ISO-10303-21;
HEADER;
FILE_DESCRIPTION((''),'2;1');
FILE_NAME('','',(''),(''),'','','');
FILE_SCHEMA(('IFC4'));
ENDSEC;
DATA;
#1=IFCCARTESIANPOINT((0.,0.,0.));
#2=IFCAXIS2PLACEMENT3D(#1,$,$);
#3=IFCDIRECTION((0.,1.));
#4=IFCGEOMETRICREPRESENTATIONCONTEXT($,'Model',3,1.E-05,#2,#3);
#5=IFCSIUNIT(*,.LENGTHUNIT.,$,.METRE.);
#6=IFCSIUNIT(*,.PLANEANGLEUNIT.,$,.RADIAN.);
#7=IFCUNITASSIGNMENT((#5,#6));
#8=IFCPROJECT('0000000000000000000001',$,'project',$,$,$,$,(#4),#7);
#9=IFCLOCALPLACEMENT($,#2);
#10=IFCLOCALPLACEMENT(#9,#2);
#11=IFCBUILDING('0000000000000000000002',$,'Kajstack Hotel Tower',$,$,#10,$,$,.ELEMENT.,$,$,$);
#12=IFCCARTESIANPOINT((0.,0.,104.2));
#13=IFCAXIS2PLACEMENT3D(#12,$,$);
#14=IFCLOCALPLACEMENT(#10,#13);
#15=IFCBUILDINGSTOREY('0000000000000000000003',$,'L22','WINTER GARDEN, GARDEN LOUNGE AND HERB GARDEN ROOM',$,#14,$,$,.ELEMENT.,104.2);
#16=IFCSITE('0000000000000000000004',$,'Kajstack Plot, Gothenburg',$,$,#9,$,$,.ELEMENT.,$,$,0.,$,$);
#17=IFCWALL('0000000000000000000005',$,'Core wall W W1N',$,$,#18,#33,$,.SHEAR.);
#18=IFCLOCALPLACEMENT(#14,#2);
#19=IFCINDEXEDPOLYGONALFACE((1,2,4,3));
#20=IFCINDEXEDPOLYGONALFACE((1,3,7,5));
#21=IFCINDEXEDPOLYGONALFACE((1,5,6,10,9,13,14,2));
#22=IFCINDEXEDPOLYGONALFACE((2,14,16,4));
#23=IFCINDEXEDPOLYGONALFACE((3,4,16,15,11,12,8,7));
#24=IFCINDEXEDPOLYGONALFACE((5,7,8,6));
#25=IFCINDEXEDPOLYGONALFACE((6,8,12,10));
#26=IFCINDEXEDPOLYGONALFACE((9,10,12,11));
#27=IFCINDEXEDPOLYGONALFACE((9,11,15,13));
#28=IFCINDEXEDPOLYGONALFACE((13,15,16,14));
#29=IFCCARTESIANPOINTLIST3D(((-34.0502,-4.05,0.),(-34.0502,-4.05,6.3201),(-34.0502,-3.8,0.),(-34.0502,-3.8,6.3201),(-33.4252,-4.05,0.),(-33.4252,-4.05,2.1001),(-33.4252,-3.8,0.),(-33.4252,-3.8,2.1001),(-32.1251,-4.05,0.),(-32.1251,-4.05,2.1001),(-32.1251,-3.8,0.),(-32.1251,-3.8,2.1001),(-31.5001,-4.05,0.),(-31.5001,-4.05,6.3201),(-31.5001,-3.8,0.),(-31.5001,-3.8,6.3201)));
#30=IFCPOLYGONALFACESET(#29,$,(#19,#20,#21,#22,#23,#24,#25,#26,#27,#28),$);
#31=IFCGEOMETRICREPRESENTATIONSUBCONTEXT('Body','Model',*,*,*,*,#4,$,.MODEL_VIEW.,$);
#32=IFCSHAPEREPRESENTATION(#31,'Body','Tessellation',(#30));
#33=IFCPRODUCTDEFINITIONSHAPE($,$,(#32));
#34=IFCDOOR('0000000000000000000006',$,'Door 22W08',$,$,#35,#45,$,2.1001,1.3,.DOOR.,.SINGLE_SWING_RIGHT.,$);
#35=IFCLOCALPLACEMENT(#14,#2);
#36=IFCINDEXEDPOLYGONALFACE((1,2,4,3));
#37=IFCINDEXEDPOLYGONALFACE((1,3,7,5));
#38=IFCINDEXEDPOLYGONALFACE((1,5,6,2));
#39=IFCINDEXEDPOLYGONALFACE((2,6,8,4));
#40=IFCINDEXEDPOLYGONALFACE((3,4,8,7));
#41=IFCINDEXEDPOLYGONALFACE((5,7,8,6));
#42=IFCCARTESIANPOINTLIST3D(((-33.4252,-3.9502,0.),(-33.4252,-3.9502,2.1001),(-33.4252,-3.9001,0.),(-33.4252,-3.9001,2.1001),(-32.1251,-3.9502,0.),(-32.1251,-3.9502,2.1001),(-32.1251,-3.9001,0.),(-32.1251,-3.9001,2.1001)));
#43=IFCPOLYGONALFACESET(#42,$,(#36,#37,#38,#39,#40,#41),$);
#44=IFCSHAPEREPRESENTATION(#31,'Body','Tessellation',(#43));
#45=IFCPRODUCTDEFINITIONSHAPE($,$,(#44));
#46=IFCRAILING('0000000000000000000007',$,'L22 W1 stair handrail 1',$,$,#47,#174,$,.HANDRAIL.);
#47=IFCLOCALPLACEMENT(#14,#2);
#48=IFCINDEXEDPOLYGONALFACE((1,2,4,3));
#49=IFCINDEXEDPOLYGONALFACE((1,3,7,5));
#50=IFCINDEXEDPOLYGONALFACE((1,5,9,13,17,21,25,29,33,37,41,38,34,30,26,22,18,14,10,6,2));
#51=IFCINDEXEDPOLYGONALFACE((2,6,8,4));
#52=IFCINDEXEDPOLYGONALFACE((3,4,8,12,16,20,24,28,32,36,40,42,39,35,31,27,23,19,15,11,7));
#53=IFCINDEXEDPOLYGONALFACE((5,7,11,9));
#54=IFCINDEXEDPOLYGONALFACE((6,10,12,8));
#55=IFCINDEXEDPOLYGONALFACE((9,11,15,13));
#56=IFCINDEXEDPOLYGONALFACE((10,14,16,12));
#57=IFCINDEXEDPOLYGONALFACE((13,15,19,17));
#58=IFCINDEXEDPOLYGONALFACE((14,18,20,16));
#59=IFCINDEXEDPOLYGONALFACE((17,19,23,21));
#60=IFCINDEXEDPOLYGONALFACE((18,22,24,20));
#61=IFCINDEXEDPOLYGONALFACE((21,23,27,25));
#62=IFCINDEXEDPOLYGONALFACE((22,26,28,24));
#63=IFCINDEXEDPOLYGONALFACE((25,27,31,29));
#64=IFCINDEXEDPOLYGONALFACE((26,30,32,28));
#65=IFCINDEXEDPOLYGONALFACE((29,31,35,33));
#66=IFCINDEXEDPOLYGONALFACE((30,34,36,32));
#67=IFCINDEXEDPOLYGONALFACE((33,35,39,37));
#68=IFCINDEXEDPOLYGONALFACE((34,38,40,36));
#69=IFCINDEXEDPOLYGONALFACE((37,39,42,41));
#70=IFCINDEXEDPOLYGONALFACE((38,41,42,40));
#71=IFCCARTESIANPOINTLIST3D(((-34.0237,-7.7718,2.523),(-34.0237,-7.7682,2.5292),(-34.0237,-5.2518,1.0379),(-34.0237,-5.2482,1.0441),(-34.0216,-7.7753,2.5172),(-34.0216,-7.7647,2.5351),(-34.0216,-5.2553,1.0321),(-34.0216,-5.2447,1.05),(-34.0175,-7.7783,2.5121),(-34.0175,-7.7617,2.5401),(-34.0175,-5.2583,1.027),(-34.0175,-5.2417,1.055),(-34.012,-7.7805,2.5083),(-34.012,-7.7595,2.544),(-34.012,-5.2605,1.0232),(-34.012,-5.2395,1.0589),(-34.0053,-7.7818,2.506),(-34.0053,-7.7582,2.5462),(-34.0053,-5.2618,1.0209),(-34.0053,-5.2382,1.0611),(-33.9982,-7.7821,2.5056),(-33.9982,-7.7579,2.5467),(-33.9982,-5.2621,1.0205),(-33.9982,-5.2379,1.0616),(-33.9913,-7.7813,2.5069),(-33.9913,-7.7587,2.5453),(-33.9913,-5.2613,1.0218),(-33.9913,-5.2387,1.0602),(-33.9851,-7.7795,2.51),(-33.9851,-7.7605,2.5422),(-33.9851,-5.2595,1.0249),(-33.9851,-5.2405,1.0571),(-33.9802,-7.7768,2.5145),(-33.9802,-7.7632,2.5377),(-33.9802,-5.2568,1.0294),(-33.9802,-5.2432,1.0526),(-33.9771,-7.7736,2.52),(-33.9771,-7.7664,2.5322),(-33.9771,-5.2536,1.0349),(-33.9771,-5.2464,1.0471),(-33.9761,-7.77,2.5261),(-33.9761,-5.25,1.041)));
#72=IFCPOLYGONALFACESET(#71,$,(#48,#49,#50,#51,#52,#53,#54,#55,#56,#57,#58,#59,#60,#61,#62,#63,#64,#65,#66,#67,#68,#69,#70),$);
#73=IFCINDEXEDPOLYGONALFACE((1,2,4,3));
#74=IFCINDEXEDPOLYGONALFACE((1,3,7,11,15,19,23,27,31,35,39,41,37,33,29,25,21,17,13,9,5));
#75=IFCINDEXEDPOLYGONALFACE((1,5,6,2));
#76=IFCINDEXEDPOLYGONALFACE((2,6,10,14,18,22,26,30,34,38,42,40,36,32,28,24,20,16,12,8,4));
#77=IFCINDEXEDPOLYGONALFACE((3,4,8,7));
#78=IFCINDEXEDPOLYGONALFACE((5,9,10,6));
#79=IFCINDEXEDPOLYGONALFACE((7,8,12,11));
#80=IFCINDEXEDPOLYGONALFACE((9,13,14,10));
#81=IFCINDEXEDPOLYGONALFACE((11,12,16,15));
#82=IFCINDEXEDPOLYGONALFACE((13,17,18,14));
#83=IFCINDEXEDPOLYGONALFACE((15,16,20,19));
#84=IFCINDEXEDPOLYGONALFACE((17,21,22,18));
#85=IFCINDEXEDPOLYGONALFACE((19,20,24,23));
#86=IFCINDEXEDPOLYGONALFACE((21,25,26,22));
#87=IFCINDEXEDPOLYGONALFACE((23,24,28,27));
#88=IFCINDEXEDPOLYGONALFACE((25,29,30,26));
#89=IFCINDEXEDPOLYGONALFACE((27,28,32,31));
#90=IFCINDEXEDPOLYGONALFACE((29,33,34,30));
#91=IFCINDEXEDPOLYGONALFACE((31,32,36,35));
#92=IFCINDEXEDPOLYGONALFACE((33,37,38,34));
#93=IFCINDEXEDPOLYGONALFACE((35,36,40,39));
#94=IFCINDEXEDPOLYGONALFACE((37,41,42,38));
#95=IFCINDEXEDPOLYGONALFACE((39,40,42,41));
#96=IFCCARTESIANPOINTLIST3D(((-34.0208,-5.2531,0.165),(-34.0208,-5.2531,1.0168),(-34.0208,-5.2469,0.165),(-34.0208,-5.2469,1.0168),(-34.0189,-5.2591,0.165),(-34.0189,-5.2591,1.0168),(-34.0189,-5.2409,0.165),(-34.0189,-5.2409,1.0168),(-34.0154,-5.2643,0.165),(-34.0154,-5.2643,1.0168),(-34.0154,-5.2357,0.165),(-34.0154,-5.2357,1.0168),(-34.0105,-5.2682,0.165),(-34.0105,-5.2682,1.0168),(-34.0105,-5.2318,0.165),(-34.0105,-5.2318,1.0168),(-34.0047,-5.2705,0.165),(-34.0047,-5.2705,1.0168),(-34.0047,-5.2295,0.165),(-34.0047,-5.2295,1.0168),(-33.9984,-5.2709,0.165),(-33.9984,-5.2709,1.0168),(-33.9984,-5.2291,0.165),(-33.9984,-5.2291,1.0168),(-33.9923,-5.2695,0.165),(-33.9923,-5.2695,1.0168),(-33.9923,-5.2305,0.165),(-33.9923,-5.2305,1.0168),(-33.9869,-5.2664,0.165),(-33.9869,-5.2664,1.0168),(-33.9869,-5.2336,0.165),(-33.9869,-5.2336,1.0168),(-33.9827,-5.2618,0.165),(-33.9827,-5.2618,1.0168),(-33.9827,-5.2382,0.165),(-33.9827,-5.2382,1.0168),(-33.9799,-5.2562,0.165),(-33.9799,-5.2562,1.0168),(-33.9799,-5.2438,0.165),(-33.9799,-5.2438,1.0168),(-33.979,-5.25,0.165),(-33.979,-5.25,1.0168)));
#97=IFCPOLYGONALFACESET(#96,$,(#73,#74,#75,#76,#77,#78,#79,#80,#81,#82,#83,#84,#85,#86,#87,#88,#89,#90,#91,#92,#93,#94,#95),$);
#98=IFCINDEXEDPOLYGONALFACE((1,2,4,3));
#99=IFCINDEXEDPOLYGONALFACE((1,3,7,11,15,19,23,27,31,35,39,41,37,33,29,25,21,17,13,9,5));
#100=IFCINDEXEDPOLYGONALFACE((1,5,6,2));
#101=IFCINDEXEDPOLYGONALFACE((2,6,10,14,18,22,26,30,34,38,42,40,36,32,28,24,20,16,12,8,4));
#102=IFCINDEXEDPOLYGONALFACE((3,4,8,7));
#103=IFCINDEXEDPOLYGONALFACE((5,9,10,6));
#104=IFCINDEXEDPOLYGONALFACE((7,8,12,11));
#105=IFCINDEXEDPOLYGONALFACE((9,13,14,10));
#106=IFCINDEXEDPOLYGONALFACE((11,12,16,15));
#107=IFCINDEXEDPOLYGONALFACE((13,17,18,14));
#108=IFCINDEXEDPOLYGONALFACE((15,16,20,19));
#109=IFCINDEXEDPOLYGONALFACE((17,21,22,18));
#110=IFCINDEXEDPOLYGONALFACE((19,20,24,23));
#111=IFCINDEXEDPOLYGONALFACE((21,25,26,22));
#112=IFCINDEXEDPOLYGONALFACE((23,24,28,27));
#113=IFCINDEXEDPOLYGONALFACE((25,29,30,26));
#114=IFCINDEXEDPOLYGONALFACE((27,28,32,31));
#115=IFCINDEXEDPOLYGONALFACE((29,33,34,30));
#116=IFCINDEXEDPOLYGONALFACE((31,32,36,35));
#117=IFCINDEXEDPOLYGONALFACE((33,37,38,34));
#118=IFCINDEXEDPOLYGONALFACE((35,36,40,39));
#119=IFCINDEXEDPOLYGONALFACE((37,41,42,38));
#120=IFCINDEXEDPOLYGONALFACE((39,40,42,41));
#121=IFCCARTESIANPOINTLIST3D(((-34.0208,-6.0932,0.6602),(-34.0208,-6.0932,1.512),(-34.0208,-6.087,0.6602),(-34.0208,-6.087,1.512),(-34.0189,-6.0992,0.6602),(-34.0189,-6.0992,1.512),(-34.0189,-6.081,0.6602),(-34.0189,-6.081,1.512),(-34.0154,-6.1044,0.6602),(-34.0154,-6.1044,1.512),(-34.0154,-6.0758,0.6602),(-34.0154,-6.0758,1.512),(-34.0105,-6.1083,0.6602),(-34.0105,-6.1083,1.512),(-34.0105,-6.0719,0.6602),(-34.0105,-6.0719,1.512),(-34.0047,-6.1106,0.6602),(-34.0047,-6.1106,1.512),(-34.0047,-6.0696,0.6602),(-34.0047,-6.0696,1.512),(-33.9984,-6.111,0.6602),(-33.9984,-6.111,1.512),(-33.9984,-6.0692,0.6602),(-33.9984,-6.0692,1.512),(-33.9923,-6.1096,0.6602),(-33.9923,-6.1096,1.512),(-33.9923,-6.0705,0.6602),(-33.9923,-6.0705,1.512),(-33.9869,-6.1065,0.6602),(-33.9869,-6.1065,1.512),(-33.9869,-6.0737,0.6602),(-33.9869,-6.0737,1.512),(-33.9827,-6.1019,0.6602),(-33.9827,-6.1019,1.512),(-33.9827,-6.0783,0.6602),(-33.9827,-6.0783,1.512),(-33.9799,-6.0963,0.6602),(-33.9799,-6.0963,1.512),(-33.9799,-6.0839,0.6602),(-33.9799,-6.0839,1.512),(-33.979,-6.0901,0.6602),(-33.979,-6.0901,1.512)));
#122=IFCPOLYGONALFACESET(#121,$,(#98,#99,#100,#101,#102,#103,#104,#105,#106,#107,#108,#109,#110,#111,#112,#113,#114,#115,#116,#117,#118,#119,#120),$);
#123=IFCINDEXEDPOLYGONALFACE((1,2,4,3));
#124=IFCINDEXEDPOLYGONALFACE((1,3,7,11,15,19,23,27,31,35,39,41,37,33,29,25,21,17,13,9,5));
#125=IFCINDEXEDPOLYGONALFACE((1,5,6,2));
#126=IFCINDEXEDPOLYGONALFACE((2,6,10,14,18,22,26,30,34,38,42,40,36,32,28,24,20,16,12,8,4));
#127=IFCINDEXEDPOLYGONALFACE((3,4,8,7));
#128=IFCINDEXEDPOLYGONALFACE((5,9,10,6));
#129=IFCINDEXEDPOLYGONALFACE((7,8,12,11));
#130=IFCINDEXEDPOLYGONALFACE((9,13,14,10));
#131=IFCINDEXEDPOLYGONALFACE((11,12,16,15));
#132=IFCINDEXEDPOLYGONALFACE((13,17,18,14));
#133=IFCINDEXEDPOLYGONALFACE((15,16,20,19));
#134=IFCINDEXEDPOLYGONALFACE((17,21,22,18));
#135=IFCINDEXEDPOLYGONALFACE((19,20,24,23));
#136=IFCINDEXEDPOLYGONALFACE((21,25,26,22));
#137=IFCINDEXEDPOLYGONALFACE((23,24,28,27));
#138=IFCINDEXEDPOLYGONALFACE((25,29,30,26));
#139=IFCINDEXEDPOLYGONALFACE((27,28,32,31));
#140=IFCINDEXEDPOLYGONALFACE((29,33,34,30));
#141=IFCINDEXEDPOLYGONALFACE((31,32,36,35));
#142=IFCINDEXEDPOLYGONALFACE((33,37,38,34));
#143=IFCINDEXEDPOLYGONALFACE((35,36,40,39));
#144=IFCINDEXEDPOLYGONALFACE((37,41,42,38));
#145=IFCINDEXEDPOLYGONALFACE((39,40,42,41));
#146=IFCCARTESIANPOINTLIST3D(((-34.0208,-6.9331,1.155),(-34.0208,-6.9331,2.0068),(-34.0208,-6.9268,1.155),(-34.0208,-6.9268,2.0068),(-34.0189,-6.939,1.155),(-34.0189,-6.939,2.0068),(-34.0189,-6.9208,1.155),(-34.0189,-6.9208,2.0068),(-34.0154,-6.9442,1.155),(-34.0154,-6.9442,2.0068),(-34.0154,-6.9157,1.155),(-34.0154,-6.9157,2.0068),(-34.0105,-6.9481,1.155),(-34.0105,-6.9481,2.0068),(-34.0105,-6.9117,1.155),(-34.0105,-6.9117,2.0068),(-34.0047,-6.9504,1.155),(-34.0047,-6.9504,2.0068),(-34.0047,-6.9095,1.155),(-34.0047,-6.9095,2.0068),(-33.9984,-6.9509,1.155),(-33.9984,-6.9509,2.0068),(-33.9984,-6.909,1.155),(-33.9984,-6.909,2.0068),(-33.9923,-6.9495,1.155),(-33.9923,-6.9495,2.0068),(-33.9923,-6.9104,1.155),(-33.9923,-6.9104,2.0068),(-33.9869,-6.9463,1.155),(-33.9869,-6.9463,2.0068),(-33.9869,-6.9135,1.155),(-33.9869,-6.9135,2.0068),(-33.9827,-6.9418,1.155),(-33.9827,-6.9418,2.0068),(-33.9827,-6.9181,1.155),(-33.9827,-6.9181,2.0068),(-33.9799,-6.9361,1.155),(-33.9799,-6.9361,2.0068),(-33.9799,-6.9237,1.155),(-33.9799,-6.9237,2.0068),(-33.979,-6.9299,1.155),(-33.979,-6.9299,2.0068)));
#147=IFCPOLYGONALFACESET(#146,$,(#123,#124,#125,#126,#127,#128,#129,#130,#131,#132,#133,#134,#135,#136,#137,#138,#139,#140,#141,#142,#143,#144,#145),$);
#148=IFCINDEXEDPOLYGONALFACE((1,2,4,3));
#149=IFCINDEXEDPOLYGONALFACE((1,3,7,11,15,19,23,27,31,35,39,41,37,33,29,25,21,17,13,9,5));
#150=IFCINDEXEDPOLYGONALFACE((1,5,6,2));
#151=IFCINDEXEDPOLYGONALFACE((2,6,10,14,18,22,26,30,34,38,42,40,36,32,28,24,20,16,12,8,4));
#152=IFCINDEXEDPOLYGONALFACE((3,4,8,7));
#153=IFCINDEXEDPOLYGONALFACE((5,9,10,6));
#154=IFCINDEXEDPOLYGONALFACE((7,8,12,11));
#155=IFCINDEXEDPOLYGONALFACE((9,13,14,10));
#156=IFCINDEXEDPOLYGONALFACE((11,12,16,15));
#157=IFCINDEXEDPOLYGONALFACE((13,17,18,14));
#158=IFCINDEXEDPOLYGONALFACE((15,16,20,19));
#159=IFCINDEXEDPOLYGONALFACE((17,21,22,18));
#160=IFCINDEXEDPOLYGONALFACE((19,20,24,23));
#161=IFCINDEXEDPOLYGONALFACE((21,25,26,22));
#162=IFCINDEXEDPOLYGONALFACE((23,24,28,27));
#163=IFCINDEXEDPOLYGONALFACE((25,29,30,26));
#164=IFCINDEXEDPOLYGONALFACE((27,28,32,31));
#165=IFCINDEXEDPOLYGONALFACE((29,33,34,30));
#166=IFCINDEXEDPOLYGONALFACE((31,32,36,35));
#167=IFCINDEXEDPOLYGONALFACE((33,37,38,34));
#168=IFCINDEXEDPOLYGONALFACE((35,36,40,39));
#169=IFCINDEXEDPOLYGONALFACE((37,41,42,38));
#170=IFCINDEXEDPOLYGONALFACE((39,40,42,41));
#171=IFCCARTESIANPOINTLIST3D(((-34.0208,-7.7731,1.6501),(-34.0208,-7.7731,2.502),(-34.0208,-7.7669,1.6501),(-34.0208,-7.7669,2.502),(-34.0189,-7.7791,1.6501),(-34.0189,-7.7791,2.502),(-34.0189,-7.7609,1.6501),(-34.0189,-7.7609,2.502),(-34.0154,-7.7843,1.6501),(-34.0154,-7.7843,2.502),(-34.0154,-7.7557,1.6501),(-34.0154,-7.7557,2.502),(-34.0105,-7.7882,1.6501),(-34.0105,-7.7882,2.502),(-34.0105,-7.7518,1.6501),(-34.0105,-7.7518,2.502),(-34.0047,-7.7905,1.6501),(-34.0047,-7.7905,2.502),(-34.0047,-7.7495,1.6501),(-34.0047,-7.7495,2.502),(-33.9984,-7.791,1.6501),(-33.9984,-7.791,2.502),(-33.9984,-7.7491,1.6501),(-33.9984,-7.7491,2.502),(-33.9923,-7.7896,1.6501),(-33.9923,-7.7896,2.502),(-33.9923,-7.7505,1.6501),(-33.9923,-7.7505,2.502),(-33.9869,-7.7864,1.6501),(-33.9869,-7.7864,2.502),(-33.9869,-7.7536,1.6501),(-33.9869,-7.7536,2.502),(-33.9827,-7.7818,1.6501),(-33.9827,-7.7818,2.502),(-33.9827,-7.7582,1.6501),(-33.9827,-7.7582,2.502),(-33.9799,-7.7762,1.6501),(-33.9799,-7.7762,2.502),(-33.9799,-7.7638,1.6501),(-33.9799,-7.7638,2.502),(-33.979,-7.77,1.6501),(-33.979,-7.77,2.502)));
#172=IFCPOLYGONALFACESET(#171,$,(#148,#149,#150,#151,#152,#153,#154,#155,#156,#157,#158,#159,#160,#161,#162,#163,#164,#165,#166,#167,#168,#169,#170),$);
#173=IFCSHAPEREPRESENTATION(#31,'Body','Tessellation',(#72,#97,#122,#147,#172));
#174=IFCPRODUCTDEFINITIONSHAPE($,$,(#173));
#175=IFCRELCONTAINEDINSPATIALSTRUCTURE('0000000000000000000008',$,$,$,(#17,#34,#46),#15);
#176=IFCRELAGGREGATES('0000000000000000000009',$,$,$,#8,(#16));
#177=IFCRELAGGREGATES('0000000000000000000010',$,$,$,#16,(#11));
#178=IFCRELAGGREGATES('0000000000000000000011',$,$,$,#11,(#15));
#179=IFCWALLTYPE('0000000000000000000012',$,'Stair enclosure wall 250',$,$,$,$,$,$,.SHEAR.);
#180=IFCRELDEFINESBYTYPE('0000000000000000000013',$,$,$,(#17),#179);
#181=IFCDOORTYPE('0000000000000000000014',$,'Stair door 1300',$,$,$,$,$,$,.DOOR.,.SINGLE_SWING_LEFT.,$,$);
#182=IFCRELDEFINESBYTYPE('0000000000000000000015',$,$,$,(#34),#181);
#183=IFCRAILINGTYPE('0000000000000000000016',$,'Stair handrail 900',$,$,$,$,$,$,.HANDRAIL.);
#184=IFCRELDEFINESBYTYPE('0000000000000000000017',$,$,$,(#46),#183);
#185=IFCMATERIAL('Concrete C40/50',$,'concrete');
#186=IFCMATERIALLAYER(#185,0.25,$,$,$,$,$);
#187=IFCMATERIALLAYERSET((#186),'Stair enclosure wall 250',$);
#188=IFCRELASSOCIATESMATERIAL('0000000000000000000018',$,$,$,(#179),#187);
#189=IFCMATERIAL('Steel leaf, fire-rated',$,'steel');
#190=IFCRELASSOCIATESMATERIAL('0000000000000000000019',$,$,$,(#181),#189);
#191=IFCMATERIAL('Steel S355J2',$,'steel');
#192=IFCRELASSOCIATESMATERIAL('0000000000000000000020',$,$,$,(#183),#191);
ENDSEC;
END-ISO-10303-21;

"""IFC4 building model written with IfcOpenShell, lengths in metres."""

from ifc_helpers import new_model, si_unit, direction, frame, frame_2d, origin, origin_2d, place, context, subcontext, project, spatial, rectangle, circle, extrude, material, layer, layer_set, type_object, element, fill, save


model = new_model("IFC4")

# Units and contexts
model_context = context("Model", 3, precision=1e-05, world=origin(), true_north=direction((0.0, 1.0)))
body_context = subcontext(model_context, "Body", "Model", "MODEL_VIEW")
ifc_project = project(units=[si_unit("LENGTHUNIT", "METRE"), si_unit("PLANEANGLEUNIT", "RADIAN")], contexts=[model_context])

# Site, building, storey
site_placement = place(None, origin())
site = spatial("IfcSite", under=ifc_project, at=site_placement, Name="Kajstack Plot, Gothenburg", CompositionType="ELEMENT", RefElevation=0.0)
building_placement = place(site_placement, origin())
building = spatial("IfcBuilding", under=site, at=building_placement, Name="Kajstack Hotel Tower", CompositionType="ELEMENT")
storey_placement = place(building_placement, frame((0.0, 0.0, 104.2)))
storey = spatial("IfcBuildingStorey", under=building, at=storey_placement, Name="L22", Description="WINTER GARDEN, GARDEN LOUNGE AND HERB GARDEN ROOM", CompositionType="ELEMENT", Elevation=104.2)

# Shared definitions
ifc_material_1 = material(Name="Steel leaf, fire-rated", Category="steel")

# Wall, opening, door
ifc_material_2 = material(Name="Concrete C40/50", Category="concrete")
ifc_layer_1 = layer(ifc_material_2, 0.25)
ifc_layer_set_1 = layer_set([ifc_layer_1], Name="Stair enclosure wall 250")
wall_type_1 = type_object("IfcWallType", Name="Stair enclosure wall 250", PredefinedType="SHEAR", material=ifc_layer_set_1)
wall_1_placement = place(storey_placement, frame((-34.05, -3.925, 0.0), z_axis=(0.0, 0.0, 1.0), x_axis=(1.0, 0.0, 0.0)))
wall_1 = element("IfcWall", 1, at=wall_1_placement, inside=storey, type_object=wall_type_1, Name="Core wall W W1N", PredefinedType="SHEAR", context=body_context, shape_type="SweptSolid", body=[
    extrude(rectangle(XDim=2.55, YDim=0.25, at=frame_2d((1.2749, 0.0))), origin(), (0.0, 0.0, 1.0), 6.3201),
])
opening_1_placement = place(wall_1_placement, frame((0.625, 0.0, 0.0)))
opening_1 = element("IfcOpeningElement", 2, at=opening_1_placement, cuts=wall_1, PredefinedType="OPENING", context=body_context, shape_type="SweptSolid", body=[
    extrude(rectangle(XDim=1.3, YDim=2.1001, at=frame_2d((0.6499, 1.05))), frame((0.0, 0.135, 0.0), z_axis=(0.0, -1.0, 0.0), x_axis=(1.0, 0.0, 0.0)), (0.0, 0.0, 1.0), 0.27),
])
door_type_1 = type_object("IfcDoorType", Name="Stair door 1300", OperationType="SINGLE_SWING_LEFT", PredefinedType="DOOR", material=ifc_material_1)
door_1_placement = place(opening_1_placement, origin())
door_1 = element("IfcDoor", 3, at=door_1_placement, inside=storey, type_object=door_type_1, Name="Door 22W08", OperationType="SINGLE_SWING_RIGHT", OverallHeight=2.1001, OverallWidth=1.3, PredefinedType="DOOR", context=body_context, shape_type="SweptSolid", body=[
    extrude(rectangle(XDim=1.3, YDim=2.1001, at=frame_2d((0.6499, 1.05))), frame((0.0, 0.0249, 0.0), z_axis=(0.0, -1.0, 0.0), x_axis=(1.0, 0.0, 0.0)), (0.0, 0.0, 1.0), 0.05),
])
fill(opening_1, door_1)

# Railing
ifc_material_3 = material(Name="Steel S355J2", Category="steel")
railing_type_1 = type_object("IfcRailingType", Name="Stair handrail 900", PredefinedType="HANDRAIL", material=ifc_material_3)
railing_1_placement = place(storey_placement, frame((-34.0, -5.25, 0.165)))
element("IfcRailing", 4, at=railing_1_placement, inside=storey, type_object=railing_type_1, Name="L22 W1 stair handrail 1", PredefinedType="HANDRAIL", context=body_context, shape_type="SweptSolid", body=[
    extrude(circle(Radius=0.0239, at=origin_2d()), frame((0.0, 0.0, 0.876), z_axis=(0.0, -0.861524, 0.507717), x_axis=(1.0, 0.0, 0.0)), (0.0, 0.0, 1.0), 2.925),
    extrude(circle(Radius=0.021, at=origin_2d()), origin(), (0.0, 0.0, 1.0), 0.8518),
    extrude(circle(Radius=0.021, at=origin_2d()), frame((0.0, -0.8401, 0.4951)), (0.0, 0.0, 1.0), 0.8518),
    extrude(circle(Radius=0.021, at=origin_2d()), frame((0.0, -1.6799, 0.99)), (0.0, 0.0, 1.0), 0.8518),
    extrude(circle(Radius=0.021, at=origin_2d()), frame((0.0, -2.52, 1.4851)), (0.0, 0.0, 1.0), 0.8518),
])

save(model, "model.ifc")
